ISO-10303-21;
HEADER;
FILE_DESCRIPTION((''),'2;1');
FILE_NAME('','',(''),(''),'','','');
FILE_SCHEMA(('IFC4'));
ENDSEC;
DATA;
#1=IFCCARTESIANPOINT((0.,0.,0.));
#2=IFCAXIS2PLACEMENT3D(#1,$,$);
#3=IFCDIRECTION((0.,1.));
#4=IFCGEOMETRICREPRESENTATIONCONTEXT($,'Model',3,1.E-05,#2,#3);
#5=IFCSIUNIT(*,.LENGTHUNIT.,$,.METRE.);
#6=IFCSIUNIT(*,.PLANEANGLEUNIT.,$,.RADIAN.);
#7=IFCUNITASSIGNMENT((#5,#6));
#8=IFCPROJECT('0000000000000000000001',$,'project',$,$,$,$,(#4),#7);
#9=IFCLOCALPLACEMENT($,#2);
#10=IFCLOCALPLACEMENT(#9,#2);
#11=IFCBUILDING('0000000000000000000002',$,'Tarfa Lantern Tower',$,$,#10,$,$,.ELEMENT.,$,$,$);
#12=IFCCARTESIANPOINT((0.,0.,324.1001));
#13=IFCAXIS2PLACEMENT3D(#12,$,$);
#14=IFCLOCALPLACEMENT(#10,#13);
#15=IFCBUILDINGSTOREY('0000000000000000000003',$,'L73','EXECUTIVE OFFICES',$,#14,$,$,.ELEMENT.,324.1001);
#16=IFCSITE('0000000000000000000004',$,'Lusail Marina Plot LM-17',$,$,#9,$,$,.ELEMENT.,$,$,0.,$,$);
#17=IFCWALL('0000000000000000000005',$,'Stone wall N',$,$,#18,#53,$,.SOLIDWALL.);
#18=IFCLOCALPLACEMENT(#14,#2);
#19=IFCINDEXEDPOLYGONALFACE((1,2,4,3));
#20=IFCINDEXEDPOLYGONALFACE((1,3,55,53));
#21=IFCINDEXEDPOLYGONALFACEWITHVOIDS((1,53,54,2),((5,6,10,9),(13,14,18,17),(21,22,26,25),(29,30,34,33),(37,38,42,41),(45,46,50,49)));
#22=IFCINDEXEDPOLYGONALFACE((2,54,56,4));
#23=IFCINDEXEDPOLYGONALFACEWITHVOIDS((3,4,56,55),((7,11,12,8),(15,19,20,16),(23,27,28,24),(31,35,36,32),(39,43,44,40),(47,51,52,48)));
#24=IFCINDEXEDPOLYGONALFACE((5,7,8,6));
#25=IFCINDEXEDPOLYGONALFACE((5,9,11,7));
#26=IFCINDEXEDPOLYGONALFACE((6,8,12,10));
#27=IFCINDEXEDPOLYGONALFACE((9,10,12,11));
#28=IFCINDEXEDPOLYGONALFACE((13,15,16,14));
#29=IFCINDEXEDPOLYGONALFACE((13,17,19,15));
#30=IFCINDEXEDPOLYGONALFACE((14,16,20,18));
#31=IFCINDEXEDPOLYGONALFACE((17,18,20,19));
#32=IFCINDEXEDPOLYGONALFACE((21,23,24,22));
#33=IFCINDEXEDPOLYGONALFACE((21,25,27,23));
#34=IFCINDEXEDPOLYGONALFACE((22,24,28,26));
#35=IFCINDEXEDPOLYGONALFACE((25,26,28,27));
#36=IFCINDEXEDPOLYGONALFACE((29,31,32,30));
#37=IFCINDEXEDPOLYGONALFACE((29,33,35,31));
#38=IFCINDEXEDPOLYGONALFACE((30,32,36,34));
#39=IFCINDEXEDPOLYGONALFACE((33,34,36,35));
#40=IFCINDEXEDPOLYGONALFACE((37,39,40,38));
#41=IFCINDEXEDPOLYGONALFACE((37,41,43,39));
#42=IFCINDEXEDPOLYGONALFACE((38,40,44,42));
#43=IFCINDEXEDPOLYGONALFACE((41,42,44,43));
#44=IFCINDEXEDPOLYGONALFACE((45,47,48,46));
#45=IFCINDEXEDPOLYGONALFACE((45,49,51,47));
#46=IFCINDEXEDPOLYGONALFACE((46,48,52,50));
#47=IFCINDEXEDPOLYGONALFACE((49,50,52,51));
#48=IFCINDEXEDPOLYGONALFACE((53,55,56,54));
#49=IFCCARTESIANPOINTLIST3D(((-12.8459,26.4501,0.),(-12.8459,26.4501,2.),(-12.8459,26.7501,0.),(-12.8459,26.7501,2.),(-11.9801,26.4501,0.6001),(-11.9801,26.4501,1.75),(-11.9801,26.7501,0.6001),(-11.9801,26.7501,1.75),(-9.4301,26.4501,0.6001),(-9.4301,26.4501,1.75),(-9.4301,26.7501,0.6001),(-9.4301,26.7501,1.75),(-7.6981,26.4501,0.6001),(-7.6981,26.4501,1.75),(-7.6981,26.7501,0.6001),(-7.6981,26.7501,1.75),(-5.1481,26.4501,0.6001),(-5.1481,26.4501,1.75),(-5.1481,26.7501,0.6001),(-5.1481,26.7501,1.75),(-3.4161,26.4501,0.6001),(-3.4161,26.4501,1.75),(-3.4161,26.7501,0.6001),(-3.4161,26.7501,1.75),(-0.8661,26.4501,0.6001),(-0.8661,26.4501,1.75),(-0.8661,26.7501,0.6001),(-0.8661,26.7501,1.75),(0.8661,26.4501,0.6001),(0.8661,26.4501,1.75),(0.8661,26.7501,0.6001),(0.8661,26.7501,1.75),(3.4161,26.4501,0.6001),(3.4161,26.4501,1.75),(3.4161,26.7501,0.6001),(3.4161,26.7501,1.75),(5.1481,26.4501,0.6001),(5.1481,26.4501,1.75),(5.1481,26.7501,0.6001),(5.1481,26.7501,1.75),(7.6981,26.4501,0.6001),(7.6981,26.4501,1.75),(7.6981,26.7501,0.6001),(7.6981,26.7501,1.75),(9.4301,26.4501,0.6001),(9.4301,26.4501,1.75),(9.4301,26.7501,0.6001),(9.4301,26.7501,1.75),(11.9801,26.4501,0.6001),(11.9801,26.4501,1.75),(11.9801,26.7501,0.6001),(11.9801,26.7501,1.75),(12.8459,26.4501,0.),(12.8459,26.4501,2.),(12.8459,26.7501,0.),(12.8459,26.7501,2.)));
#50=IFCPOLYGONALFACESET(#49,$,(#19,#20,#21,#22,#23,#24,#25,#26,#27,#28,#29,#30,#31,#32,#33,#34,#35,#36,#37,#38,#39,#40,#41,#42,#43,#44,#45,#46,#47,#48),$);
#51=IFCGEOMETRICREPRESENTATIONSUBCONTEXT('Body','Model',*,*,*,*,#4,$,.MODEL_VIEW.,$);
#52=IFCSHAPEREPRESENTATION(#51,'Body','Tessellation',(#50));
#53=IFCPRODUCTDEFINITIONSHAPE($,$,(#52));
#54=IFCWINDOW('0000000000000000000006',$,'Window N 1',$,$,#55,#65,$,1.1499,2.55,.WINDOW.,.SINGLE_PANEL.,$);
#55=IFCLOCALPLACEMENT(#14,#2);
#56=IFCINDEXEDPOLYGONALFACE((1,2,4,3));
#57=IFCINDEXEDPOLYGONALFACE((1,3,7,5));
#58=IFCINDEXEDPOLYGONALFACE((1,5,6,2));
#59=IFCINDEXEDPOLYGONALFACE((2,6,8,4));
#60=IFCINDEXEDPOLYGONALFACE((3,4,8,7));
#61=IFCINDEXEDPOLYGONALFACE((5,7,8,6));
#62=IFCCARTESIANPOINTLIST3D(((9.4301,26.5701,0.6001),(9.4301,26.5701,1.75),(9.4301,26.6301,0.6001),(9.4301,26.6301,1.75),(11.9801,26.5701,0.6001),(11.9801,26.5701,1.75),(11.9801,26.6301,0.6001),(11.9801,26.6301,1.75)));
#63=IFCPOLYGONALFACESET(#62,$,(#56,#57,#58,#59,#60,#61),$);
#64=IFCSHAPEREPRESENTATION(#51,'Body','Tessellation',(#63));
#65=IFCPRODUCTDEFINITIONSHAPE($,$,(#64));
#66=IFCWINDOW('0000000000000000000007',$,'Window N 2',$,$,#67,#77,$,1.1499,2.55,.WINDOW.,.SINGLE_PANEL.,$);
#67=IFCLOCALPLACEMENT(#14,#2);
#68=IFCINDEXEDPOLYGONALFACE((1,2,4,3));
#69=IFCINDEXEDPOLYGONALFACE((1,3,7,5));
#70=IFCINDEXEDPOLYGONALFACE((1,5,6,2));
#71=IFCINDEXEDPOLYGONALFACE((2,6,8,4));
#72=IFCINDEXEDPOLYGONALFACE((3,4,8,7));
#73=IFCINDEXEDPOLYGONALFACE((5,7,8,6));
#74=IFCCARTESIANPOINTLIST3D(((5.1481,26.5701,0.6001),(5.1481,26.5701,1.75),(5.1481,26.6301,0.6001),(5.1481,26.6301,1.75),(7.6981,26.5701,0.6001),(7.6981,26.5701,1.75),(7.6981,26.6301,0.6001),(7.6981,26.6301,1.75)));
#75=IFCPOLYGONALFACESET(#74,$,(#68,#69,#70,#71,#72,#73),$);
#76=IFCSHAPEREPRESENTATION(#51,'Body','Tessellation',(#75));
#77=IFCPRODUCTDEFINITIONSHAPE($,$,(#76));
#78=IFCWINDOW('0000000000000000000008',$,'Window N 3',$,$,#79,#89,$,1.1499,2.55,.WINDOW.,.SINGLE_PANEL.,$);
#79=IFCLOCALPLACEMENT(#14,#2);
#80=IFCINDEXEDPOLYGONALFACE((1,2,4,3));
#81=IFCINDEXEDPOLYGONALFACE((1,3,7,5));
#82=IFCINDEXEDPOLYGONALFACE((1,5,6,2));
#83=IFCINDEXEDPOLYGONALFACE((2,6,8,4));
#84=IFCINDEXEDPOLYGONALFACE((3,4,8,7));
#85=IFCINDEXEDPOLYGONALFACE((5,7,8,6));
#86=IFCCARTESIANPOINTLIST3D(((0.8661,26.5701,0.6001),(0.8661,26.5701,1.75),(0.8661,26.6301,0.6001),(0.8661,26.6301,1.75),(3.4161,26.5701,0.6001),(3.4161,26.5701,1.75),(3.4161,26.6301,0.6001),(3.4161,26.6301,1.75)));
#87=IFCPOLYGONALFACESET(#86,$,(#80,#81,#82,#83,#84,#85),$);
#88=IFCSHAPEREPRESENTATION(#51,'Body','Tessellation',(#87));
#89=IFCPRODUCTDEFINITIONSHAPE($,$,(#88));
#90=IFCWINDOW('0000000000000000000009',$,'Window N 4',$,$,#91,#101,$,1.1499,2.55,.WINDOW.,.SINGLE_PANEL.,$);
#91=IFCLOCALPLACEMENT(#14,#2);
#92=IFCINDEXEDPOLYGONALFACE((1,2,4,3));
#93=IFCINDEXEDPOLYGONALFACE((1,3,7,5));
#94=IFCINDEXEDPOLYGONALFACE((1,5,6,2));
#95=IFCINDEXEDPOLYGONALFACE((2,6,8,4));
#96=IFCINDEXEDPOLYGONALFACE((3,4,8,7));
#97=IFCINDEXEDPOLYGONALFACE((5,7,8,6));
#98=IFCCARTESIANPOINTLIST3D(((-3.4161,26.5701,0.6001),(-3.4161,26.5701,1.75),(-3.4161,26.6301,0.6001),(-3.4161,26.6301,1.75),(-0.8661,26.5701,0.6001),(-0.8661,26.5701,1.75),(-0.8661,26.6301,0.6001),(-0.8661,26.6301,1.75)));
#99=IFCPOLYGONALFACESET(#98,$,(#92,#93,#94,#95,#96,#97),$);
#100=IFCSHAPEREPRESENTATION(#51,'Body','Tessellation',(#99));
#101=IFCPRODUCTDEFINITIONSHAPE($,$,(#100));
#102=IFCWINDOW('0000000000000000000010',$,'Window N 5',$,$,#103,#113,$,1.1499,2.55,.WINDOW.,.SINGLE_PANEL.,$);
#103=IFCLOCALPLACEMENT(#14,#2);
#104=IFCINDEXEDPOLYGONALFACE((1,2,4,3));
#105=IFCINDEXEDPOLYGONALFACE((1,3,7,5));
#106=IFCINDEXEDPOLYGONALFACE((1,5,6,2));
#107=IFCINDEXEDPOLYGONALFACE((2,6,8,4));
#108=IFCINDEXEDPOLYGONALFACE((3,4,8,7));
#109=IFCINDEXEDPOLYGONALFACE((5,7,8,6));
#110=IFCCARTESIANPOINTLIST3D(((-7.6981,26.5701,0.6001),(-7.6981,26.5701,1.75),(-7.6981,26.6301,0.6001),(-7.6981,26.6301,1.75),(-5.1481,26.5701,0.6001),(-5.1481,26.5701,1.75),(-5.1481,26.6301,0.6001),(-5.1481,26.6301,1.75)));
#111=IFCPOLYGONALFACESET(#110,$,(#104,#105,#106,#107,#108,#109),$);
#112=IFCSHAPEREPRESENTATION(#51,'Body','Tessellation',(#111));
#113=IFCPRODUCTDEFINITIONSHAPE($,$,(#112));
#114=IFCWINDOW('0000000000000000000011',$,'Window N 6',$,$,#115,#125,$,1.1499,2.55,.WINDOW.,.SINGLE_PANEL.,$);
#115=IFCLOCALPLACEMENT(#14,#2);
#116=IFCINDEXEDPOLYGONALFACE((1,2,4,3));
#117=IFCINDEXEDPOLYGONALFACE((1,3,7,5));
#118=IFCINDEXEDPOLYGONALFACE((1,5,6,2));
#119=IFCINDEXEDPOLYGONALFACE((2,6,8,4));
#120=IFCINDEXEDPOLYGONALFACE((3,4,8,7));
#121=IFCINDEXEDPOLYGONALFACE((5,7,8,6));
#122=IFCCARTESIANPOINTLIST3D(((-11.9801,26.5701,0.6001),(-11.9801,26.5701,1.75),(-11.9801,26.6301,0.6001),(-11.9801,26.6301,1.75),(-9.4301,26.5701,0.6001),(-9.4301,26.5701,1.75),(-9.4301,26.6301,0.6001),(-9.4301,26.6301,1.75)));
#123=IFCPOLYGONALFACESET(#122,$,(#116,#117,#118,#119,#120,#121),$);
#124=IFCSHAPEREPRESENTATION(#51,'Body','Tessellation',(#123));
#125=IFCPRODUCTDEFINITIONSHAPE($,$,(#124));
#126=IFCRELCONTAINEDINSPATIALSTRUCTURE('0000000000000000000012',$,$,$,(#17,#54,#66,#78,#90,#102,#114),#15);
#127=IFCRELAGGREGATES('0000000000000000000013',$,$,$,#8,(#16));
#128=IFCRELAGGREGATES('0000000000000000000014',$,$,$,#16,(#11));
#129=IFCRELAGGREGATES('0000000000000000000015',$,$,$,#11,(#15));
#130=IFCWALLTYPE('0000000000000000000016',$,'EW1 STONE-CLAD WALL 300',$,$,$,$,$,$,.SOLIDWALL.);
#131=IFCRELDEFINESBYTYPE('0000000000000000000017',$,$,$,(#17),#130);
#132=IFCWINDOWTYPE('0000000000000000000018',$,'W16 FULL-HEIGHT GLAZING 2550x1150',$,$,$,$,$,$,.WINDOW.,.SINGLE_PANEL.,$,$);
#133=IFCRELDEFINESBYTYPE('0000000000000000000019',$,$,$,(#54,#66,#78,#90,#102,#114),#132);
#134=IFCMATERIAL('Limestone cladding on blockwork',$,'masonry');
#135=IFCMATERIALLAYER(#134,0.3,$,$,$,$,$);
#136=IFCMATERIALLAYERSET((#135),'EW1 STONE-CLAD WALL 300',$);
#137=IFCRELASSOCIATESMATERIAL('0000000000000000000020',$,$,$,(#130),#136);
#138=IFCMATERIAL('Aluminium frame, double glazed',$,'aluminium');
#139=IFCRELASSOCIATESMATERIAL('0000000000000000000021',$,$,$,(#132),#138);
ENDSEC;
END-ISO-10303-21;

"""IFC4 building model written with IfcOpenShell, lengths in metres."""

from ifc_helpers import new_model, si_unit, direction, frame, frame_2d, origin, place, context, subcontext, project, spatial, rectangle, extrude, material, layer, layer_set, type_object, element, fill, save


model = new_model("IFC4")

# Units and contexts
model_context = context("Model", 3, precision=1e-05, world=origin(), true_north=direction((0.0, 1.0)))
body_context = subcontext(model_context, "Body", "Model", "MODEL_VIEW")
ifc_project = project(units=[si_unit("LENGTHUNIT", "METRE"), si_unit("PLANEANGLEUNIT", "RADIAN")], contexts=[model_context])

# Site, building, storey
site_placement = place(None, origin())
site = spatial("IfcSite", under=ifc_project, at=site_placement, Name="Lusail Marina Plot LM-17", CompositionType="ELEMENT", RefElevation=0.0)
building_placement = place(site_placement, origin())
building = spatial("IfcBuilding", under=site, at=building_placement, Name="Tarfa Lantern Tower", CompositionType="ELEMENT")
storey_placement = place(building_placement, frame((0.0, 0.0, 324.1001)))
storey = spatial("IfcBuildingStorey", under=building, at=storey_placement, Name="L73", Description="EXECUTIVE OFFICES", CompositionType="ELEMENT", Elevation=324.1001)

# Wall, openings, windows
ifc_material_1 = material(Name="Limestone cladding on blockwork", Category="masonry")
ifc_layer_1 = layer(ifc_material_1, 0.3)
ifc_layer_set_1 = layer_set([ifc_layer_1], Name="EW1 STONE-CLAD WALL 300")
wall_type = type_object("IfcWallType", Name="EW1 STONE-CLAD WALL 300", PredefinedType="SOLIDWALL", material=ifc_layer_set_1)
wall_placement = place(storey_placement, frame((12.8459, 26.6001, 0.0), z_axis=(0.0, 0.0, 1.0), x_axis=(-1.0, 0.0, 0.0)))
wall = element("IfcWall", 1, at=wall_placement, inside=storey, type_object=wall_type, Name="Stone wall N", PredefinedType="SOLIDWALL", context=body_context, shape_type="SweptSolid", body=[
    extrude(rectangle(XDim=25.6919, YDim=0.3, at=frame_2d((12.8459, 0.0))), origin(), (0.0, 0.0, 1.0), 2.0),
])
opening_1_placement = place(wall_placement, frame((0.866, 0.0, 0.6001)))
opening_1 = element("IfcOpeningElement", 2, at=opening_1_placement, cuts=wall, PredefinedType="OPENING", context=body_context, shape_type="SweptSolid", body=[
    extrude(rectangle(XDim=2.55, YDim=1.1499, at=frame_2d((1.2749, 0.575))), frame((0.0, 0.1599, 0.0), z_axis=(0.0, -1.0, 0.0), x_axis=(1.0, 0.0, 0.0)), (0.0, 0.0, 1.0), 0.3201),
])
opening_2_placement = place(wall_placement, frame((5.1479, 0.0, 0.6001)))
opening_2 = element("IfcOpeningElement", 3, at=opening_2_placement, cuts=wall, PredefinedType="OPENING", context=body_context, shape_type="SweptSolid", body=[
    extrude(rectangle(XDim=2.55, YDim=1.1499, at=frame_2d((1.2749, 0.575))), frame((0.0, 0.1599, 0.0), z_axis=(0.0, -1.0, 0.0), x_axis=(1.0, 0.0, 0.0)), (0.0, 0.0, 1.0), 0.3201),
])
opening_3_placement = place(wall_placement, frame((9.4299, 0.0, 0.6001)))
opening_3 = element("IfcOpeningElement", 4, at=opening_3_placement, cuts=wall, PredefinedType="OPENING", context=body_context, shape_type="SweptSolid", body=[
    extrude(rectangle(XDim=2.55, YDim=1.1499, at=frame_2d((1.2749, 0.575))), frame((0.0, 0.1599, 0.0), z_axis=(0.0, -1.0, 0.0), x_axis=(1.0, 0.0, 0.0)), (0.0, 0.0, 1.0), 0.3201),
])
opening_4_placement = place(wall_placement, frame((13.7122, 0.0, 0.6001)))
opening_4 = element("IfcOpeningElement", 5, at=opening_4_placement, cuts=wall, PredefinedType="OPENING", context=body_context, shape_type="SweptSolid", body=[
    extrude(rectangle(XDim=2.55, YDim=1.1499, at=frame_2d((1.2749, 0.575))), frame((0.0, 0.1599, 0.0), z_axis=(0.0, -1.0, 0.0), x_axis=(1.0, 0.0, 0.0)), (0.0, 0.0, 1.0), 0.3201),
])
opening_5_placement = place(wall_placement, frame((17.9941, 0.0, 0.6001)))
opening_5 = element("IfcOpeningElement", 6, at=opening_5_placement, cuts=wall, PredefinedType="OPENING", context=body_context, shape_type="SweptSolid", body=[
    extrude(rectangle(XDim=2.55, YDim=1.1499, at=frame_2d((1.2749, 0.575))), frame((0.0, 0.1599, 0.0), z_axis=(0.0, -1.0, 0.0), x_axis=(1.0, 0.0, 0.0)), (0.0, 0.0, 1.0), 0.3201),
])
opening_6_placement = place(wall_placement, frame((22.2761, 0.0, 0.6001)))
opening_6 = element("IfcOpeningElement", 7, at=opening_6_placement, cuts=wall, PredefinedType="OPENING", context=body_context, shape_type="SweptSolid", body=[
    extrude(rectangle(XDim=2.55, YDim=1.1499, at=frame_2d((1.2749, 0.575))), frame((0.0, 0.1599, 0.0), z_axis=(0.0, -1.0, 0.0), x_axis=(1.0, 0.0, 0.0)), (0.0, 0.0, 1.0), 0.3201),
])
ifc_material_2 = material(Name="Aluminium frame, double glazed", Category="aluminium")
window_type = type_object("IfcWindowType", Name="W16 FULL-HEIGHT GLAZING 2550x1150", PartitioningType="SINGLE_PANEL", PredefinedType="WINDOW", material=ifc_material_2)
window_1_placement = place(opening_1_placement, origin())
window_1 = element("IfcWindow", 8, at=window_1_placement, inside=storey, type_object=window_type, Name="Window N 1", OverallHeight=1.1499, OverallWidth=2.55, PartitioningType="SINGLE_PANEL", PredefinedType="WINDOW", context=body_context, shape_type="SweptSolid", body=[
    extrude(rectangle(XDim=2.55, YDim=1.1499, at=frame_2d((1.2749, 0.575))), frame((0.0, 0.03, 0.0), z_axis=(0.0, -1.0, 0.0), x_axis=(1.0, 0.0, 0.0)), (0.0, 0.0, 1.0), 0.0601),
])
fill(opening_1, window_1)
window_2_placement = place(opening_2_placement, origin())
window_2 = element("IfcWindow", 9, at=window_2_placement, inside=storey, type_object=window_type, Name="Window N 2", OverallHeight=1.1499, OverallWidth=2.55, PartitioningType="SINGLE_PANEL", PredefinedType="WINDOW", context=body_context, shape_type="SweptSolid", body=[
    extrude(rectangle(XDim=2.55, YDim=1.1499, at=frame_2d((1.2749, 0.575))), frame((0.0, 0.03, 0.0), z_axis=(0.0, -1.0, 0.0), x_axis=(1.0, 0.0, 0.0)), (0.0, 0.0, 1.0), 0.0601),
])
fill(opening_2, window_2)
window_3_placement = place(opening_3_placement, origin())
window_3 = element("IfcWindow", 10, at=window_3_placement, inside=storey, type_object=window_type, Name="Window N 3", OverallHeight=1.1499, OverallWidth=2.55, PartitioningType="SINGLE_PANEL", PredefinedType="WINDOW", context=body_context, shape_type="SweptSolid", body=[
    extrude(rectangle(XDim=2.55, YDim=1.1499, at=frame_2d((1.2749, 0.575))), frame((0.0, 0.03, 0.0), z_axis=(0.0, -1.0, 0.0), x_axis=(1.0, 0.0, 0.0)), (0.0, 0.0, 1.0), 0.0601),
])
fill(opening_3, window_3)
window_4_placement = place(opening_4_placement, origin())
window_4 = element("IfcWindow", 11, at=window_4_placement, inside=storey, type_object=window_type, Name="Window N 4", OverallHeight=1.1499, OverallWidth=2.55, PartitioningType="SINGLE_PANEL", PredefinedType="WINDOW", context=body_context, shape_type="SweptSolid", body=[
    extrude(rectangle(XDim=2.55, YDim=1.1499, at=frame_2d((1.2749, 0.575))), frame((0.0, 0.03, 0.0), z_axis=(0.0, -1.0, 0.0), x_axis=(1.0, 0.0, 0.0)), (0.0, 0.0, 1.0), 0.0601),
])
fill(opening_4, window_4)
window_5_placement = place(opening_5_placement, origin())
window_5 = element("IfcWindow", 12, at=window_5_placement, inside=storey, type_object=window_type, Name="Window N 5", OverallHeight=1.1499, OverallWidth=2.55, PartitioningType="SINGLE_PANEL", PredefinedType="WINDOW", context=body_context, shape_type="SweptSolid", body=[
    extrude(rectangle(XDim=2.55, YDim=1.1499, at=frame_2d((1.2749, 0.575))), frame((0.0, 0.03, 0.0), z_axis=(0.0, -1.0, 0.0), x_axis=(1.0, 0.0, 0.0)), (0.0, 0.0, 1.0), 0.0601),
])
fill(opening_5, window_5)
window_6_placement = place(opening_6_placement, origin())
window_6 = element("IfcWindow", 13, at=window_6_placement, inside=storey, type_object=window_type, Name="Window N 6", OverallHeight=1.1499, OverallWidth=2.55, PartitioningType="SINGLE_PANEL", PredefinedType="WINDOW", context=body_context, shape_type="SweptSolid", body=[
    extrude(rectangle(XDim=2.55, YDim=1.1499, at=frame_2d((1.2749, 0.575))), frame((0.0, 0.03, 0.0), z_axis=(0.0, -1.0, 0.0), x_axis=(1.0, 0.0, 0.0)), (0.0, 0.0, 1.0), 0.0601),
])
fill(opening_6, window_6)

save(model, "model.ifc")
